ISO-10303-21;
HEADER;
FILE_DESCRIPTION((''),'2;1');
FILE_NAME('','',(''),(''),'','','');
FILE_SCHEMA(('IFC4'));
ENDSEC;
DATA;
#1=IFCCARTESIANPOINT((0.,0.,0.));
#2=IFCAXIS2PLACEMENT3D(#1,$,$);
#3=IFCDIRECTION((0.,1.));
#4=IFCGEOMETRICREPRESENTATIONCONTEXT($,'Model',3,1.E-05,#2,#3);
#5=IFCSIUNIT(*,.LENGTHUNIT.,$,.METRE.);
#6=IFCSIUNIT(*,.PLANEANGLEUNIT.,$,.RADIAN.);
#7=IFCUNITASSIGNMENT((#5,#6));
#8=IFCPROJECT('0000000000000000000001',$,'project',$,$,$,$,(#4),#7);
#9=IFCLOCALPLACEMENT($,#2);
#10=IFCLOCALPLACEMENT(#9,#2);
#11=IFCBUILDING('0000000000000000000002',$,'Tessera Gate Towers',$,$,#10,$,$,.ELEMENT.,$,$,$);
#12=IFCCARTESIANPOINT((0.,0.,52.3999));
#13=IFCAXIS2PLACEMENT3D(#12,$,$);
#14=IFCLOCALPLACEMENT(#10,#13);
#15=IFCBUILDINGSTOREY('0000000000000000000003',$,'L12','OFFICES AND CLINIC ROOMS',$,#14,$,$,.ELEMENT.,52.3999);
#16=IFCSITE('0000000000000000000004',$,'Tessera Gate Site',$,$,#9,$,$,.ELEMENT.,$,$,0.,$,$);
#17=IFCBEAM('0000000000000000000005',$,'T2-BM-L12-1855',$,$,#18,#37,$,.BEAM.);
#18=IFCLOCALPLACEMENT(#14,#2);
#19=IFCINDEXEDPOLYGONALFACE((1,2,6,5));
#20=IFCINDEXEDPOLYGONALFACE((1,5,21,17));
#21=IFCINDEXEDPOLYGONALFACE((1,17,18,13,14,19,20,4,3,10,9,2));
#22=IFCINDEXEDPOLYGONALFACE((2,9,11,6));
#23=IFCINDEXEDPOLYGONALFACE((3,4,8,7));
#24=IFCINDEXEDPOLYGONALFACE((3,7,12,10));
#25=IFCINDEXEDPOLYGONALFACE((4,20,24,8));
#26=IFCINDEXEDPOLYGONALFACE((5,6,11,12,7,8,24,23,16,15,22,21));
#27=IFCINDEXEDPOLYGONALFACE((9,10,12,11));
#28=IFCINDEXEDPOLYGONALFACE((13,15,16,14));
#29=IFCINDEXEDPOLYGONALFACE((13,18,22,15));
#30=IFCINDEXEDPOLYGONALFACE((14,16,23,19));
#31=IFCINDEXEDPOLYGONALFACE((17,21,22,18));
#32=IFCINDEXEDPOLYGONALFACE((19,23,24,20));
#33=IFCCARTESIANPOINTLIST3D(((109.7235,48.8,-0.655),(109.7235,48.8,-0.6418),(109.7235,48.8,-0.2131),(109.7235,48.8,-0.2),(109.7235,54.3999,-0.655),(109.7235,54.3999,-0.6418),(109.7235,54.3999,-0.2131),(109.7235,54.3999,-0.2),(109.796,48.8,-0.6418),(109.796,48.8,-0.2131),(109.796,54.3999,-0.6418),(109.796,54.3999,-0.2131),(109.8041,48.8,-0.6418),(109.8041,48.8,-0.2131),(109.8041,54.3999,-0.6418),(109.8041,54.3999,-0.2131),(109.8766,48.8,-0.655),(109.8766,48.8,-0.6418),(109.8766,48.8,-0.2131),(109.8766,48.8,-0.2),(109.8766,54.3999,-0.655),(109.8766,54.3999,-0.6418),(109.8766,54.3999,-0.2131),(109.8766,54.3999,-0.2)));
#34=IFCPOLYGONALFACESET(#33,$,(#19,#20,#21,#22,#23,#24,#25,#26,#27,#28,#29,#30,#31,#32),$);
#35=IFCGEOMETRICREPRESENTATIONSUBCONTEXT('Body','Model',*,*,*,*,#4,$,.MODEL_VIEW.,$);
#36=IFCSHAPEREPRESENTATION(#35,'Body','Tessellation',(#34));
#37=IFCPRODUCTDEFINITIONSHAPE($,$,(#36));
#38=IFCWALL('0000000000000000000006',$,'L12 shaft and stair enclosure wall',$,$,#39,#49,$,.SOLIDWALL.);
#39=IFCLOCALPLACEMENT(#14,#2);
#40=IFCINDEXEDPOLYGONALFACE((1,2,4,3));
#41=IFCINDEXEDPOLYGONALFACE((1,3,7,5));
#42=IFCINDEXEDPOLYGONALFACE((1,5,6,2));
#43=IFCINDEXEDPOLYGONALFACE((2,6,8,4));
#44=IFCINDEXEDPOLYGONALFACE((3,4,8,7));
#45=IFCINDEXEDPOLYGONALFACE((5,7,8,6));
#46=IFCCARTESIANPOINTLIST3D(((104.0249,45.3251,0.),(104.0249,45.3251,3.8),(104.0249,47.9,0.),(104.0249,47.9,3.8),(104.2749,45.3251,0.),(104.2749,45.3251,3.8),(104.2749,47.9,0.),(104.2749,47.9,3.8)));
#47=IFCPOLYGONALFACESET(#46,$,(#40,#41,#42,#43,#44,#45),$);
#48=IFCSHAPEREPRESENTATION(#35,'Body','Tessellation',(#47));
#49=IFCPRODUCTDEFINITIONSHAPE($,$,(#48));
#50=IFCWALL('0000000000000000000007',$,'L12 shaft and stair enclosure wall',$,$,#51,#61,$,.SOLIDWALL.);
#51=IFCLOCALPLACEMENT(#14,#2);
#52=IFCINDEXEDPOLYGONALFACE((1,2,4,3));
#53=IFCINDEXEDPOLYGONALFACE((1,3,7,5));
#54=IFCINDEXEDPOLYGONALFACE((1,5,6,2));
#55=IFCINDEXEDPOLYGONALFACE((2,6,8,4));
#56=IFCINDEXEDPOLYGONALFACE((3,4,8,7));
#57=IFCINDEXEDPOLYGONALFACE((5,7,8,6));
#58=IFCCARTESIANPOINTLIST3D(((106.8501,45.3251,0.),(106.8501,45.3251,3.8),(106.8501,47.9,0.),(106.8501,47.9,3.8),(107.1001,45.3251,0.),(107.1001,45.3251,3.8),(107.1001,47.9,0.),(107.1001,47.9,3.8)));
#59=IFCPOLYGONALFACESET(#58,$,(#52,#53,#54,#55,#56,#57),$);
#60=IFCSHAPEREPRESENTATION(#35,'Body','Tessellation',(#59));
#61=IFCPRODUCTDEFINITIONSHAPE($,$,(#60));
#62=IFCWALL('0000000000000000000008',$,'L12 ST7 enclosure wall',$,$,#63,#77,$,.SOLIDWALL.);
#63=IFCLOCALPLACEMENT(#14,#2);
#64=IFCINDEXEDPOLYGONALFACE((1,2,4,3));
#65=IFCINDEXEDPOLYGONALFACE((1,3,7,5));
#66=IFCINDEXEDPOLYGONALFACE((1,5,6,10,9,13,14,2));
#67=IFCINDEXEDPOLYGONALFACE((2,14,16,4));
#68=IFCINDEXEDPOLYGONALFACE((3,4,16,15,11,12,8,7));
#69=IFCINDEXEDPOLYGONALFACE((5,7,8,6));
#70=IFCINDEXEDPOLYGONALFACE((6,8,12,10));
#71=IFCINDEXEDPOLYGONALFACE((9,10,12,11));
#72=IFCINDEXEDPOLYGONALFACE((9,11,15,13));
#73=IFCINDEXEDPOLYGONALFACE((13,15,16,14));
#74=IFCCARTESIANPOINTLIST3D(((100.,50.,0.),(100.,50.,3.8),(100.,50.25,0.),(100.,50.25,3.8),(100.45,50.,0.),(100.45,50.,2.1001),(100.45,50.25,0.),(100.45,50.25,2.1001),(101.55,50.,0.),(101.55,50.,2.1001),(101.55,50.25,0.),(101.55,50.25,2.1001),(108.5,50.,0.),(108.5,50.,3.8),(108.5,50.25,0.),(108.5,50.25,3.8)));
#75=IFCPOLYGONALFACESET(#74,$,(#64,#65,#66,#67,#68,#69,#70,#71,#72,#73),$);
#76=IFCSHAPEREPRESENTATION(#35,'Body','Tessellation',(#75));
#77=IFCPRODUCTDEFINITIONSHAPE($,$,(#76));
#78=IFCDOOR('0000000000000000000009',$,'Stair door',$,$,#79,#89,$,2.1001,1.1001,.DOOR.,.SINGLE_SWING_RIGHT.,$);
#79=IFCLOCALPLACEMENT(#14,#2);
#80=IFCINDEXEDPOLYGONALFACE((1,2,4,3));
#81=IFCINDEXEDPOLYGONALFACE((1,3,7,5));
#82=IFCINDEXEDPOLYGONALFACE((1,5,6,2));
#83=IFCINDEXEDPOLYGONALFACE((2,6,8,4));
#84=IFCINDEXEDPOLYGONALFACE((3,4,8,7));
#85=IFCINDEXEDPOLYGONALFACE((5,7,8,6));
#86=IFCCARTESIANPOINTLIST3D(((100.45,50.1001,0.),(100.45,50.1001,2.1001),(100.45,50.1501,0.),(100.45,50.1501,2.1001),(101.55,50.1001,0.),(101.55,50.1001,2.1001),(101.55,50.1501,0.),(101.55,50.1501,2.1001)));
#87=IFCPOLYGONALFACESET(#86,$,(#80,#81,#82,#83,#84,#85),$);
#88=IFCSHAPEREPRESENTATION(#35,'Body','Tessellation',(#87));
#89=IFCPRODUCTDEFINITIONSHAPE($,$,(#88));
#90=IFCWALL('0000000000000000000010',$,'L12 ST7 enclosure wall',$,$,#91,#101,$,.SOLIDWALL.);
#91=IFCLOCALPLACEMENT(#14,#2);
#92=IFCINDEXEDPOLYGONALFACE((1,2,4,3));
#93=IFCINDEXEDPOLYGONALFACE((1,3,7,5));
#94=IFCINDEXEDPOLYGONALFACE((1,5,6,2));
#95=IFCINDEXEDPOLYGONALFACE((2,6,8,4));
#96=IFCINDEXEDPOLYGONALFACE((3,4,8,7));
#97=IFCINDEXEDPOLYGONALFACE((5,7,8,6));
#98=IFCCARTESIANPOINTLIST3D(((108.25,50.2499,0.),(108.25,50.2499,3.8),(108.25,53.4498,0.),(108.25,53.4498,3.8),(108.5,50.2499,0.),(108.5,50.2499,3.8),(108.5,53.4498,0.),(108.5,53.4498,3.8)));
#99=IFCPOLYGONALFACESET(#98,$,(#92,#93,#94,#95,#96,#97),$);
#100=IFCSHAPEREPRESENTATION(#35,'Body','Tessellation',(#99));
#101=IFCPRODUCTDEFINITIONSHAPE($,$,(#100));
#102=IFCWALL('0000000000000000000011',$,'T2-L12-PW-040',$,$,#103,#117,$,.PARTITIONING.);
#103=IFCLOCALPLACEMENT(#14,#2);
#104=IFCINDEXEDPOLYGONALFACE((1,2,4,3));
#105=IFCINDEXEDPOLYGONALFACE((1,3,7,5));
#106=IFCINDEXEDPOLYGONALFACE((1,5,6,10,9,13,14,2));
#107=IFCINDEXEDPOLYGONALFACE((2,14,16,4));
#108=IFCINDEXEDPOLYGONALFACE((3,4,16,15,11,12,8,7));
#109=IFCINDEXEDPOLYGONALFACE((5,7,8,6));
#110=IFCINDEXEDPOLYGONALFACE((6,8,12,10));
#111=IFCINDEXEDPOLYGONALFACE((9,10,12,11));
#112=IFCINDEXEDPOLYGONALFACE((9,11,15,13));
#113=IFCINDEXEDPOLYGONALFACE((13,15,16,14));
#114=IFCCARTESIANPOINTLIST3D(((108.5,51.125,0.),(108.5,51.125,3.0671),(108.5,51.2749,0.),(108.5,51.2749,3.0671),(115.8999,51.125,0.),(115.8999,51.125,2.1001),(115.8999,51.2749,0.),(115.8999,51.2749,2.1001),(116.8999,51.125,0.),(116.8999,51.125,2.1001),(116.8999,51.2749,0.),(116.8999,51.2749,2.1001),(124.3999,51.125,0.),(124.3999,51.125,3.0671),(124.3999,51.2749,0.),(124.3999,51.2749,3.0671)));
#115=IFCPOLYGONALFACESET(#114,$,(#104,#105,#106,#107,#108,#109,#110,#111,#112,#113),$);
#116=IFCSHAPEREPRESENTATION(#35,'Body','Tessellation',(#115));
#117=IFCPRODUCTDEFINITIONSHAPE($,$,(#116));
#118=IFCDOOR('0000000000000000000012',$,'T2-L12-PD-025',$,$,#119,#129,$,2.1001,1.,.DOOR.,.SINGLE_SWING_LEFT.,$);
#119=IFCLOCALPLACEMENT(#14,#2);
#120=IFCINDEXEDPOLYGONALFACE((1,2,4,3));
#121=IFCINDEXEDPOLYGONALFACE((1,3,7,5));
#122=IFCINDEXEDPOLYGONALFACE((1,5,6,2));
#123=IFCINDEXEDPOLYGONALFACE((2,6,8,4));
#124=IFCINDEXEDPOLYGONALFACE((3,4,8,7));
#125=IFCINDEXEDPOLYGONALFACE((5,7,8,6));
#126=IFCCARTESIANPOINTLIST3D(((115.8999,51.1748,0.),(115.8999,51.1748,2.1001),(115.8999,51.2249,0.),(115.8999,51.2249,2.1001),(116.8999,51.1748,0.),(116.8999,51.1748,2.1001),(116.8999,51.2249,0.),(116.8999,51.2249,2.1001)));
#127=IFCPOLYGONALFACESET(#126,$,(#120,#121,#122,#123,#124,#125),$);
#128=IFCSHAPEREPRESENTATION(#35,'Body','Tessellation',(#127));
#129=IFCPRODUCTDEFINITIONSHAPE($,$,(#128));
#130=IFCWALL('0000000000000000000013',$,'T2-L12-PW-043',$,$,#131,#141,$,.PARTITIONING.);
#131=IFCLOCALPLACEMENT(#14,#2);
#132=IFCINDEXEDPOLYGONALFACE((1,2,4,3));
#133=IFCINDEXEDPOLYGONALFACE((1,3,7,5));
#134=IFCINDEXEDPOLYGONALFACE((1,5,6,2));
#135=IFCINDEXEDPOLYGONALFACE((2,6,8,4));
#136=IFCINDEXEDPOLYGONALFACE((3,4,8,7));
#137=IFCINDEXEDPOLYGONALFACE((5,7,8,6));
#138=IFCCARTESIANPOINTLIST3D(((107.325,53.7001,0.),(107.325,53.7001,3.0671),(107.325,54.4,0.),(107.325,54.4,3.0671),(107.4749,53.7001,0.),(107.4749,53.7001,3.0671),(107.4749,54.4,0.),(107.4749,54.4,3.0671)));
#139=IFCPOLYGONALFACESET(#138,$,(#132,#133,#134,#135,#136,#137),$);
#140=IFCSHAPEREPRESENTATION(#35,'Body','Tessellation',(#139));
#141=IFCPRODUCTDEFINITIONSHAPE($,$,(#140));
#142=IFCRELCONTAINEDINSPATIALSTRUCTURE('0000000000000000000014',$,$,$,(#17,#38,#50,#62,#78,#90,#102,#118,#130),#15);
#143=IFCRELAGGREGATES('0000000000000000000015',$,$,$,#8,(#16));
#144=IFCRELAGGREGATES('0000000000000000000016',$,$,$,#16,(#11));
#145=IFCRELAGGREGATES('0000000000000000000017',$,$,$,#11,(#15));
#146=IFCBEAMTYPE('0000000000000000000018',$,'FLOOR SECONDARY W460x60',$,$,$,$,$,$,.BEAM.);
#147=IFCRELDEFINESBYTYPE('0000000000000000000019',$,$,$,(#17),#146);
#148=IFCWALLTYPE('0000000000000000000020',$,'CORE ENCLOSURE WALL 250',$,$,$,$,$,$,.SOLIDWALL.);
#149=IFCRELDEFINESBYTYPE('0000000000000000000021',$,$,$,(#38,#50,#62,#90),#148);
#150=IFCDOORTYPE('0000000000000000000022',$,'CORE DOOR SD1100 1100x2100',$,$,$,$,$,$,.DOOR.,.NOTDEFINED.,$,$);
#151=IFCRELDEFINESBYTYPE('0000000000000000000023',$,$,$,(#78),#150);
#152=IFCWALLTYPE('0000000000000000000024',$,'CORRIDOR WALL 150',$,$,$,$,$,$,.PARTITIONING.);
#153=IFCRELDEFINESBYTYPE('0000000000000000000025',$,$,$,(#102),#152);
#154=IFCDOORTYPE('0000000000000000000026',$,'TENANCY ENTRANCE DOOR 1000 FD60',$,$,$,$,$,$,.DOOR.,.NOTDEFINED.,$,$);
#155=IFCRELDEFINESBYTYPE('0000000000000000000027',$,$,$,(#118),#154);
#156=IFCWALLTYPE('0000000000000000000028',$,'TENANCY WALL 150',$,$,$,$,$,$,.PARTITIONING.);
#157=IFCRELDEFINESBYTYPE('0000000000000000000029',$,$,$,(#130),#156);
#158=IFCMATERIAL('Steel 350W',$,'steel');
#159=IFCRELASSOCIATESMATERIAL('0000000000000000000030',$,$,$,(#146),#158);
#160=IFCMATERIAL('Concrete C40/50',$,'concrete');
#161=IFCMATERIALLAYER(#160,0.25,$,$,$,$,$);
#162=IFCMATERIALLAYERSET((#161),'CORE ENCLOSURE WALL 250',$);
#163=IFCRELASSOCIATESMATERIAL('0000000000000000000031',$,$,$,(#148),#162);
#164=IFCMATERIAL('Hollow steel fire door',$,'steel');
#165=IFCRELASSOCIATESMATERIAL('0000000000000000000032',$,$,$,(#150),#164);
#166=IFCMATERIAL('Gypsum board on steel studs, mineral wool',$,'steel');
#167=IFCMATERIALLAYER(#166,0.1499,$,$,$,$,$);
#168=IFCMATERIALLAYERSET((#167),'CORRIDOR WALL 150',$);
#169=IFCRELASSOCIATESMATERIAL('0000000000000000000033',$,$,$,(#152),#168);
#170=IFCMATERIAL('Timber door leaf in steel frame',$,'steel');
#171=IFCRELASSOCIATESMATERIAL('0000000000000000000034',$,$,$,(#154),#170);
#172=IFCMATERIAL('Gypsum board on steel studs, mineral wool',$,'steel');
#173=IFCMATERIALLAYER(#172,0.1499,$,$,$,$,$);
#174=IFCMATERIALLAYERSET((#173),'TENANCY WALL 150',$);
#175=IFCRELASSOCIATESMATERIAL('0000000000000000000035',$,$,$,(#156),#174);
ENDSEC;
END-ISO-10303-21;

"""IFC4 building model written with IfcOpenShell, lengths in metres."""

from ifc_helpers import new_model, si_unit, direction, frame, frame_2d, origin, origin_2d, place, context, subcontext, project, spatial, rectangle, i_section, extrude, source, transform, mapped, material, layer, layer_set, material_profile, profile_set, type_object, element, fill, save


model = new_model("IFC4")

# Units and contexts
model_context = context("Model", 3, precision=1e-05, world=origin(), true_north=direction((0.0, 1.0)))
body_context = subcontext(model_context, "Body", "Model", "MODEL_VIEW")
ifc_project = project(units=[si_unit("LENGTHUNIT", "METRE"), si_unit("PLANEANGLEUNIT", "RADIAN")], contexts=[model_context])

# Site, building, storey
site_placement = place(None, origin())
site = spatial("IfcSite", under=ifc_project, at=site_placement, Name="Tessera Gate Site", CompositionType="ELEMENT", RefElevation=0.0)
building_placement = place(site_placement, origin())
building = spatial("IfcBuilding", under=site, at=building_placement, Name="Tessera Gate Towers", CompositionType="ELEMENT")
storey_placement = place(building_placement, frame((0.0, 0.0, 52.3999)))
storey = spatial("IfcBuildingStorey", under=building, at=storey_placement, Name="L12", Description="OFFICES AND CLINIC ROOMS", CompositionType="ELEMENT", Elevation=52.3999)

# Beam
ifc_material_1 = material(Name="Steel 350W", Category="steel")
ifc_material_profile = material_profile(ifc_material_1, i_section(OverallWidth=0.1531, OverallDepth=0.4551, WebThickness=0.0081, FlangeThickness=0.0132, at=origin_2d()), Name="W460x60")
ifc_profile_set = profile_set([ifc_material_profile], Name="Steel 350W")
beam_type = type_object("IfcBeamType", Name="FLOOR SECONDARY W460x60", PredefinedType="BEAM", material=ifc_profile_set)
beam_placement = place(storey_placement, frame((109.8, 48.8, -0.4275), z_axis=(0.0, 1.0, 0.0), x_axis=(-1.0, 0.0, 0.0)))
element("IfcBeam", 1, at=beam_placement, inside=storey, type_object=beam_type, Name="T2-BM-L12-1855", PredefinedType="BEAM", context=body_context, shape_type="SweptSolid", body=[
    extrude(i_section(OverallWidth=0.1531, OverallDepth=0.4551, WebThickness=0.0081, FlangeThickness=0.0132, at=origin_2d()), origin(), (0.0, 0.0, 1.0), 5.5999),
])

# Walls
ifc_material_2 = material(Name="Concrete C40/50", Category="concrete")
ifc_layer_1 = layer(ifc_material_2, 0.25)
ifc_layer_set_1 = layer_set([ifc_layer_1], Name="CORE ENCLOSURE WALL 250")
wall_type_1 = type_object("IfcWallType", Name="CORE ENCLOSURE WALL 250", PredefinedType="SOLIDWALL", material=ifc_layer_set_1)
for number, where, z_axis, x_axis, name in (
    (2, (104.1499, 45.325, 0.0), (0.0, 0.0, 1.0), (0.0, 1.0, 0.0), "L12 shaft and stair enclosure wall"),
    (3, (106.9751, 45.325, 0.0), (0.0, 0.0, 1.0), (0.0, 1.0, 0.0), "L12 shaft and stair enclosure wall"),
):
    element("IfcWall", number, at=place(storey_placement, frame(where, z_axis=z_axis, x_axis=x_axis)), inside=storey, type_object=wall_type_1, Name=name, PredefinedType="SOLIDWALL", context=body_context, shape_type="SweptSolid", body=[
        extrude(rectangle(XDim=2.575, YDim=0.25, at=frame_2d((1.2876, 0.0))), origin(), (0.0, 0.0, 1.0), 3.8),
    ])

# Wall, opening, door
wall_1_placement = place(storey_placement, frame((108.5, 50.125, 0.0), z_axis=(0.0, 0.0, 1.0), x_axis=(-1.0, 0.0, 0.0)))
wall_1 = element("IfcWall", 4, at=wall_1_placement, inside=storey, type_object=wall_type_1, Name="L12 ST7 enclosure wall", PredefinedType="SOLIDWALL", context=body_context, shape_type="SweptSolid", body=[
    extrude(rectangle(XDim=8.5, YDim=0.25, at=frame_2d((4.25, 0.0))), origin(), (0.0, 0.0, 1.0), 3.8),
])
shared_shape_1 = source(origin(), body_context, "Body", "SweptSolid", [
    extrude(rectangle(XDim=1.1001, YDim=2.1001, at=frame_2d((0.55, 1.05))), frame((0.0, 0.135, 0.0), z_axis=(0.0, -1.0, 0.0), x_axis=(1.0, 0.0, 0.0)), (0.0, 0.0, 1.0), 0.27),
])
opening_1_placement = place(wall_1_placement, frame((6.95, 0.0, 0.0)))
opening_1 = element("IfcOpeningElement", 5, at=opening_1_placement, cuts=wall_1, PredefinedType="OPENING", context=body_context, shape_type="MappedRepresentation", body=[
    mapped(shared_shape_1, transform((0.0, 0.0, 0.0), scale=1.0)),
])
ifc_material_3 = material(Name="Hollow steel fire door", Category="steel")
door_type_1 = type_object("IfcDoorType", Name="CORE DOOR SD1100 1100x2100", OperationType="NOTDEFINED", PredefinedType="DOOR", material=ifc_material_3)
shared_shape_2 = source(origin(), body_context, "Body", "SweptSolid", [
    extrude(rectangle(XDim=1.1001, YDim=2.1001, at=frame_2d((0.55, 1.05))), frame((0.0, 0.0249, 0.0), z_axis=(0.0, -1.0, 0.0), x_axis=(1.0, 0.0, 0.0)), (0.0, 0.0, 1.0), 0.05),
])
door_1_placement = place(opening_1_placement, origin())
door_1 = element("IfcDoor", 6, at=door_1_placement, inside=storey, type_object=door_type_1, Name="Stair door", OperationType="SINGLE_SWING_RIGHT", OverallHeight=2.1001, OverallWidth=1.1001, PredefinedType="DOOR", context=body_context, shape_type="MappedRepresentation", body=[
    mapped(shared_shape_2, transform((0.0, 0.0, 0.0), scale=1.0)),
])
fill(opening_1, door_1)

# Wall
wall_2_placement = place(storey_placement, frame((108.375, 53.45, 0.0), z_axis=(0.0, 0.0, 1.0), x_axis=(0.0, -1.0, 0.0)))
element("IfcWall", 7, at=wall_2_placement, inside=storey, type_object=wall_type_1, Name="L12 ST7 enclosure wall", PredefinedType="SOLIDWALL", context=body_context, shape_type="SweptSolid", body=[
    extrude(rectangle(XDim=3.2, YDim=0.25, at=frame_2d((1.6001, 0.0))), origin(), (0.0, 0.0, 1.0), 3.8),
])

# Wall, opening, door
ifc_material_4 = material(Name="Gypsum board on steel studs, mineral wool", Category="steel")
ifc_layer_2 = layer(ifc_material_4, 0.1499)
ifc_layer_set_2 = layer_set([ifc_layer_2], Name="CORRIDOR WALL 150")
wall_type_2 = type_object("IfcWallType", Name="CORRIDOR WALL 150", PredefinedType="PARTITIONING", material=ifc_layer_set_2)
wall_3_placement = place(storey_placement, frame((108.5, 51.2, 0.0), z_axis=(0.0, 0.0, 1.0), x_axis=(1.0, 0.0, 0.0)))
wall_3 = element("IfcWall", 8, at=wall_3_placement, inside=storey, type_object=wall_type_2, Name="T2-L12-PW-040", PredefinedType="PARTITIONING", context=body_context, shape_type="SweptSolid", body=[
    extrude(rectangle(XDim=15.8999, YDim=0.1499, at=frame_2d((7.95, 0.0))), origin(), (0.0, 0.0, 1.0), 3.0671),
])
shared_shape_3 = source(origin(), body_context, "Body", "SweptSolid", [
    extrude(rectangle(XDim=1.0, YDim=2.1001, at=frame_2d((0.5, 1.05))), frame((0.0, 0.085, 0.0), z_axis=(0.0, -1.0, 0.0), x_axis=(1.0, 0.0, 0.0)), (0.0, 0.0, 1.0), 0.1699),
])
opening_2_placement = place(wall_3_placement, frame((7.3999, 0.0, 0.0)))
opening_2 = element("IfcOpeningElement", 9, at=opening_2_placement, cuts=wall_3, PredefinedType="OPENING", context=body_context, shape_type="MappedRepresentation", body=[
    mapped(shared_shape_3, transform((0.0, 0.0, 0.0), scale=1.0)),
])
ifc_material_5 = material(Name="Timber door leaf in steel frame", Category="steel")
door_type_2 = type_object("IfcDoorType", Name="TENANCY ENTRANCE DOOR 1000 FD60", OperationType="NOTDEFINED", PredefinedType="DOOR", material=ifc_material_5)
shared_shape_4 = source(origin(), body_context, "Body", "SweptSolid", [
    extrude(rectangle(XDim=1.0, YDim=2.1001, at=frame_2d((0.5, 1.05))), frame((0.0, 0.0249, 0.0), z_axis=(0.0, -1.0, 0.0), x_axis=(1.0, 0.0, 0.0)), (0.0, 0.0, 1.0), 0.05),
])
door_2_placement = place(opening_2_placement, origin())
door_2 = element("IfcDoor", 10, at=door_2_placement, inside=storey, type_object=door_type_2, Name="T2-L12-PD-025", OperationType="SINGLE_SWING_LEFT", OverallHeight=2.1001, OverallWidth=1.0, PredefinedType="DOOR", context=body_context, shape_type="MappedRepresentation", body=[
    mapped(shared_shape_4, transform((0.0, 0.0, 0.0), scale=1.0)),
])
fill(opening_2, door_2)

# Wall
ifc_material_6 = material(Name="Gypsum board on steel studs, mineral wool", Category="steel")
ifc_layer_3 = layer(ifc_material_6, 0.1499)
ifc_layer_set_3 = layer_set([ifc_layer_3], Name="TENANCY WALL 150")
wall_type_3 = type_object("IfcWallType", Name="TENANCY WALL 150", PredefinedType="PARTITIONING", material=ifc_layer_set_3)
wall_4_placement = place(storey_placement, frame((107.3999, 53.7, 0.0), z_axis=(0.0, 0.0, 1.0), x_axis=(0.0, 1.0, 0.0)))
element("IfcWall", 11, at=wall_4_placement, inside=storey, type_object=wall_type_3, Name="T2-L12-PW-043", PredefinedType="PARTITIONING", context=body_context, shape_type="SweptSolid", body=[
    extrude(rectangle(XDim=0.7, YDim=0.1499, at=frame_2d((0.3501, 0.0))), origin(), (0.0, 0.0, 1.0), 3.0671),
])

save(model, "model.ifc")
